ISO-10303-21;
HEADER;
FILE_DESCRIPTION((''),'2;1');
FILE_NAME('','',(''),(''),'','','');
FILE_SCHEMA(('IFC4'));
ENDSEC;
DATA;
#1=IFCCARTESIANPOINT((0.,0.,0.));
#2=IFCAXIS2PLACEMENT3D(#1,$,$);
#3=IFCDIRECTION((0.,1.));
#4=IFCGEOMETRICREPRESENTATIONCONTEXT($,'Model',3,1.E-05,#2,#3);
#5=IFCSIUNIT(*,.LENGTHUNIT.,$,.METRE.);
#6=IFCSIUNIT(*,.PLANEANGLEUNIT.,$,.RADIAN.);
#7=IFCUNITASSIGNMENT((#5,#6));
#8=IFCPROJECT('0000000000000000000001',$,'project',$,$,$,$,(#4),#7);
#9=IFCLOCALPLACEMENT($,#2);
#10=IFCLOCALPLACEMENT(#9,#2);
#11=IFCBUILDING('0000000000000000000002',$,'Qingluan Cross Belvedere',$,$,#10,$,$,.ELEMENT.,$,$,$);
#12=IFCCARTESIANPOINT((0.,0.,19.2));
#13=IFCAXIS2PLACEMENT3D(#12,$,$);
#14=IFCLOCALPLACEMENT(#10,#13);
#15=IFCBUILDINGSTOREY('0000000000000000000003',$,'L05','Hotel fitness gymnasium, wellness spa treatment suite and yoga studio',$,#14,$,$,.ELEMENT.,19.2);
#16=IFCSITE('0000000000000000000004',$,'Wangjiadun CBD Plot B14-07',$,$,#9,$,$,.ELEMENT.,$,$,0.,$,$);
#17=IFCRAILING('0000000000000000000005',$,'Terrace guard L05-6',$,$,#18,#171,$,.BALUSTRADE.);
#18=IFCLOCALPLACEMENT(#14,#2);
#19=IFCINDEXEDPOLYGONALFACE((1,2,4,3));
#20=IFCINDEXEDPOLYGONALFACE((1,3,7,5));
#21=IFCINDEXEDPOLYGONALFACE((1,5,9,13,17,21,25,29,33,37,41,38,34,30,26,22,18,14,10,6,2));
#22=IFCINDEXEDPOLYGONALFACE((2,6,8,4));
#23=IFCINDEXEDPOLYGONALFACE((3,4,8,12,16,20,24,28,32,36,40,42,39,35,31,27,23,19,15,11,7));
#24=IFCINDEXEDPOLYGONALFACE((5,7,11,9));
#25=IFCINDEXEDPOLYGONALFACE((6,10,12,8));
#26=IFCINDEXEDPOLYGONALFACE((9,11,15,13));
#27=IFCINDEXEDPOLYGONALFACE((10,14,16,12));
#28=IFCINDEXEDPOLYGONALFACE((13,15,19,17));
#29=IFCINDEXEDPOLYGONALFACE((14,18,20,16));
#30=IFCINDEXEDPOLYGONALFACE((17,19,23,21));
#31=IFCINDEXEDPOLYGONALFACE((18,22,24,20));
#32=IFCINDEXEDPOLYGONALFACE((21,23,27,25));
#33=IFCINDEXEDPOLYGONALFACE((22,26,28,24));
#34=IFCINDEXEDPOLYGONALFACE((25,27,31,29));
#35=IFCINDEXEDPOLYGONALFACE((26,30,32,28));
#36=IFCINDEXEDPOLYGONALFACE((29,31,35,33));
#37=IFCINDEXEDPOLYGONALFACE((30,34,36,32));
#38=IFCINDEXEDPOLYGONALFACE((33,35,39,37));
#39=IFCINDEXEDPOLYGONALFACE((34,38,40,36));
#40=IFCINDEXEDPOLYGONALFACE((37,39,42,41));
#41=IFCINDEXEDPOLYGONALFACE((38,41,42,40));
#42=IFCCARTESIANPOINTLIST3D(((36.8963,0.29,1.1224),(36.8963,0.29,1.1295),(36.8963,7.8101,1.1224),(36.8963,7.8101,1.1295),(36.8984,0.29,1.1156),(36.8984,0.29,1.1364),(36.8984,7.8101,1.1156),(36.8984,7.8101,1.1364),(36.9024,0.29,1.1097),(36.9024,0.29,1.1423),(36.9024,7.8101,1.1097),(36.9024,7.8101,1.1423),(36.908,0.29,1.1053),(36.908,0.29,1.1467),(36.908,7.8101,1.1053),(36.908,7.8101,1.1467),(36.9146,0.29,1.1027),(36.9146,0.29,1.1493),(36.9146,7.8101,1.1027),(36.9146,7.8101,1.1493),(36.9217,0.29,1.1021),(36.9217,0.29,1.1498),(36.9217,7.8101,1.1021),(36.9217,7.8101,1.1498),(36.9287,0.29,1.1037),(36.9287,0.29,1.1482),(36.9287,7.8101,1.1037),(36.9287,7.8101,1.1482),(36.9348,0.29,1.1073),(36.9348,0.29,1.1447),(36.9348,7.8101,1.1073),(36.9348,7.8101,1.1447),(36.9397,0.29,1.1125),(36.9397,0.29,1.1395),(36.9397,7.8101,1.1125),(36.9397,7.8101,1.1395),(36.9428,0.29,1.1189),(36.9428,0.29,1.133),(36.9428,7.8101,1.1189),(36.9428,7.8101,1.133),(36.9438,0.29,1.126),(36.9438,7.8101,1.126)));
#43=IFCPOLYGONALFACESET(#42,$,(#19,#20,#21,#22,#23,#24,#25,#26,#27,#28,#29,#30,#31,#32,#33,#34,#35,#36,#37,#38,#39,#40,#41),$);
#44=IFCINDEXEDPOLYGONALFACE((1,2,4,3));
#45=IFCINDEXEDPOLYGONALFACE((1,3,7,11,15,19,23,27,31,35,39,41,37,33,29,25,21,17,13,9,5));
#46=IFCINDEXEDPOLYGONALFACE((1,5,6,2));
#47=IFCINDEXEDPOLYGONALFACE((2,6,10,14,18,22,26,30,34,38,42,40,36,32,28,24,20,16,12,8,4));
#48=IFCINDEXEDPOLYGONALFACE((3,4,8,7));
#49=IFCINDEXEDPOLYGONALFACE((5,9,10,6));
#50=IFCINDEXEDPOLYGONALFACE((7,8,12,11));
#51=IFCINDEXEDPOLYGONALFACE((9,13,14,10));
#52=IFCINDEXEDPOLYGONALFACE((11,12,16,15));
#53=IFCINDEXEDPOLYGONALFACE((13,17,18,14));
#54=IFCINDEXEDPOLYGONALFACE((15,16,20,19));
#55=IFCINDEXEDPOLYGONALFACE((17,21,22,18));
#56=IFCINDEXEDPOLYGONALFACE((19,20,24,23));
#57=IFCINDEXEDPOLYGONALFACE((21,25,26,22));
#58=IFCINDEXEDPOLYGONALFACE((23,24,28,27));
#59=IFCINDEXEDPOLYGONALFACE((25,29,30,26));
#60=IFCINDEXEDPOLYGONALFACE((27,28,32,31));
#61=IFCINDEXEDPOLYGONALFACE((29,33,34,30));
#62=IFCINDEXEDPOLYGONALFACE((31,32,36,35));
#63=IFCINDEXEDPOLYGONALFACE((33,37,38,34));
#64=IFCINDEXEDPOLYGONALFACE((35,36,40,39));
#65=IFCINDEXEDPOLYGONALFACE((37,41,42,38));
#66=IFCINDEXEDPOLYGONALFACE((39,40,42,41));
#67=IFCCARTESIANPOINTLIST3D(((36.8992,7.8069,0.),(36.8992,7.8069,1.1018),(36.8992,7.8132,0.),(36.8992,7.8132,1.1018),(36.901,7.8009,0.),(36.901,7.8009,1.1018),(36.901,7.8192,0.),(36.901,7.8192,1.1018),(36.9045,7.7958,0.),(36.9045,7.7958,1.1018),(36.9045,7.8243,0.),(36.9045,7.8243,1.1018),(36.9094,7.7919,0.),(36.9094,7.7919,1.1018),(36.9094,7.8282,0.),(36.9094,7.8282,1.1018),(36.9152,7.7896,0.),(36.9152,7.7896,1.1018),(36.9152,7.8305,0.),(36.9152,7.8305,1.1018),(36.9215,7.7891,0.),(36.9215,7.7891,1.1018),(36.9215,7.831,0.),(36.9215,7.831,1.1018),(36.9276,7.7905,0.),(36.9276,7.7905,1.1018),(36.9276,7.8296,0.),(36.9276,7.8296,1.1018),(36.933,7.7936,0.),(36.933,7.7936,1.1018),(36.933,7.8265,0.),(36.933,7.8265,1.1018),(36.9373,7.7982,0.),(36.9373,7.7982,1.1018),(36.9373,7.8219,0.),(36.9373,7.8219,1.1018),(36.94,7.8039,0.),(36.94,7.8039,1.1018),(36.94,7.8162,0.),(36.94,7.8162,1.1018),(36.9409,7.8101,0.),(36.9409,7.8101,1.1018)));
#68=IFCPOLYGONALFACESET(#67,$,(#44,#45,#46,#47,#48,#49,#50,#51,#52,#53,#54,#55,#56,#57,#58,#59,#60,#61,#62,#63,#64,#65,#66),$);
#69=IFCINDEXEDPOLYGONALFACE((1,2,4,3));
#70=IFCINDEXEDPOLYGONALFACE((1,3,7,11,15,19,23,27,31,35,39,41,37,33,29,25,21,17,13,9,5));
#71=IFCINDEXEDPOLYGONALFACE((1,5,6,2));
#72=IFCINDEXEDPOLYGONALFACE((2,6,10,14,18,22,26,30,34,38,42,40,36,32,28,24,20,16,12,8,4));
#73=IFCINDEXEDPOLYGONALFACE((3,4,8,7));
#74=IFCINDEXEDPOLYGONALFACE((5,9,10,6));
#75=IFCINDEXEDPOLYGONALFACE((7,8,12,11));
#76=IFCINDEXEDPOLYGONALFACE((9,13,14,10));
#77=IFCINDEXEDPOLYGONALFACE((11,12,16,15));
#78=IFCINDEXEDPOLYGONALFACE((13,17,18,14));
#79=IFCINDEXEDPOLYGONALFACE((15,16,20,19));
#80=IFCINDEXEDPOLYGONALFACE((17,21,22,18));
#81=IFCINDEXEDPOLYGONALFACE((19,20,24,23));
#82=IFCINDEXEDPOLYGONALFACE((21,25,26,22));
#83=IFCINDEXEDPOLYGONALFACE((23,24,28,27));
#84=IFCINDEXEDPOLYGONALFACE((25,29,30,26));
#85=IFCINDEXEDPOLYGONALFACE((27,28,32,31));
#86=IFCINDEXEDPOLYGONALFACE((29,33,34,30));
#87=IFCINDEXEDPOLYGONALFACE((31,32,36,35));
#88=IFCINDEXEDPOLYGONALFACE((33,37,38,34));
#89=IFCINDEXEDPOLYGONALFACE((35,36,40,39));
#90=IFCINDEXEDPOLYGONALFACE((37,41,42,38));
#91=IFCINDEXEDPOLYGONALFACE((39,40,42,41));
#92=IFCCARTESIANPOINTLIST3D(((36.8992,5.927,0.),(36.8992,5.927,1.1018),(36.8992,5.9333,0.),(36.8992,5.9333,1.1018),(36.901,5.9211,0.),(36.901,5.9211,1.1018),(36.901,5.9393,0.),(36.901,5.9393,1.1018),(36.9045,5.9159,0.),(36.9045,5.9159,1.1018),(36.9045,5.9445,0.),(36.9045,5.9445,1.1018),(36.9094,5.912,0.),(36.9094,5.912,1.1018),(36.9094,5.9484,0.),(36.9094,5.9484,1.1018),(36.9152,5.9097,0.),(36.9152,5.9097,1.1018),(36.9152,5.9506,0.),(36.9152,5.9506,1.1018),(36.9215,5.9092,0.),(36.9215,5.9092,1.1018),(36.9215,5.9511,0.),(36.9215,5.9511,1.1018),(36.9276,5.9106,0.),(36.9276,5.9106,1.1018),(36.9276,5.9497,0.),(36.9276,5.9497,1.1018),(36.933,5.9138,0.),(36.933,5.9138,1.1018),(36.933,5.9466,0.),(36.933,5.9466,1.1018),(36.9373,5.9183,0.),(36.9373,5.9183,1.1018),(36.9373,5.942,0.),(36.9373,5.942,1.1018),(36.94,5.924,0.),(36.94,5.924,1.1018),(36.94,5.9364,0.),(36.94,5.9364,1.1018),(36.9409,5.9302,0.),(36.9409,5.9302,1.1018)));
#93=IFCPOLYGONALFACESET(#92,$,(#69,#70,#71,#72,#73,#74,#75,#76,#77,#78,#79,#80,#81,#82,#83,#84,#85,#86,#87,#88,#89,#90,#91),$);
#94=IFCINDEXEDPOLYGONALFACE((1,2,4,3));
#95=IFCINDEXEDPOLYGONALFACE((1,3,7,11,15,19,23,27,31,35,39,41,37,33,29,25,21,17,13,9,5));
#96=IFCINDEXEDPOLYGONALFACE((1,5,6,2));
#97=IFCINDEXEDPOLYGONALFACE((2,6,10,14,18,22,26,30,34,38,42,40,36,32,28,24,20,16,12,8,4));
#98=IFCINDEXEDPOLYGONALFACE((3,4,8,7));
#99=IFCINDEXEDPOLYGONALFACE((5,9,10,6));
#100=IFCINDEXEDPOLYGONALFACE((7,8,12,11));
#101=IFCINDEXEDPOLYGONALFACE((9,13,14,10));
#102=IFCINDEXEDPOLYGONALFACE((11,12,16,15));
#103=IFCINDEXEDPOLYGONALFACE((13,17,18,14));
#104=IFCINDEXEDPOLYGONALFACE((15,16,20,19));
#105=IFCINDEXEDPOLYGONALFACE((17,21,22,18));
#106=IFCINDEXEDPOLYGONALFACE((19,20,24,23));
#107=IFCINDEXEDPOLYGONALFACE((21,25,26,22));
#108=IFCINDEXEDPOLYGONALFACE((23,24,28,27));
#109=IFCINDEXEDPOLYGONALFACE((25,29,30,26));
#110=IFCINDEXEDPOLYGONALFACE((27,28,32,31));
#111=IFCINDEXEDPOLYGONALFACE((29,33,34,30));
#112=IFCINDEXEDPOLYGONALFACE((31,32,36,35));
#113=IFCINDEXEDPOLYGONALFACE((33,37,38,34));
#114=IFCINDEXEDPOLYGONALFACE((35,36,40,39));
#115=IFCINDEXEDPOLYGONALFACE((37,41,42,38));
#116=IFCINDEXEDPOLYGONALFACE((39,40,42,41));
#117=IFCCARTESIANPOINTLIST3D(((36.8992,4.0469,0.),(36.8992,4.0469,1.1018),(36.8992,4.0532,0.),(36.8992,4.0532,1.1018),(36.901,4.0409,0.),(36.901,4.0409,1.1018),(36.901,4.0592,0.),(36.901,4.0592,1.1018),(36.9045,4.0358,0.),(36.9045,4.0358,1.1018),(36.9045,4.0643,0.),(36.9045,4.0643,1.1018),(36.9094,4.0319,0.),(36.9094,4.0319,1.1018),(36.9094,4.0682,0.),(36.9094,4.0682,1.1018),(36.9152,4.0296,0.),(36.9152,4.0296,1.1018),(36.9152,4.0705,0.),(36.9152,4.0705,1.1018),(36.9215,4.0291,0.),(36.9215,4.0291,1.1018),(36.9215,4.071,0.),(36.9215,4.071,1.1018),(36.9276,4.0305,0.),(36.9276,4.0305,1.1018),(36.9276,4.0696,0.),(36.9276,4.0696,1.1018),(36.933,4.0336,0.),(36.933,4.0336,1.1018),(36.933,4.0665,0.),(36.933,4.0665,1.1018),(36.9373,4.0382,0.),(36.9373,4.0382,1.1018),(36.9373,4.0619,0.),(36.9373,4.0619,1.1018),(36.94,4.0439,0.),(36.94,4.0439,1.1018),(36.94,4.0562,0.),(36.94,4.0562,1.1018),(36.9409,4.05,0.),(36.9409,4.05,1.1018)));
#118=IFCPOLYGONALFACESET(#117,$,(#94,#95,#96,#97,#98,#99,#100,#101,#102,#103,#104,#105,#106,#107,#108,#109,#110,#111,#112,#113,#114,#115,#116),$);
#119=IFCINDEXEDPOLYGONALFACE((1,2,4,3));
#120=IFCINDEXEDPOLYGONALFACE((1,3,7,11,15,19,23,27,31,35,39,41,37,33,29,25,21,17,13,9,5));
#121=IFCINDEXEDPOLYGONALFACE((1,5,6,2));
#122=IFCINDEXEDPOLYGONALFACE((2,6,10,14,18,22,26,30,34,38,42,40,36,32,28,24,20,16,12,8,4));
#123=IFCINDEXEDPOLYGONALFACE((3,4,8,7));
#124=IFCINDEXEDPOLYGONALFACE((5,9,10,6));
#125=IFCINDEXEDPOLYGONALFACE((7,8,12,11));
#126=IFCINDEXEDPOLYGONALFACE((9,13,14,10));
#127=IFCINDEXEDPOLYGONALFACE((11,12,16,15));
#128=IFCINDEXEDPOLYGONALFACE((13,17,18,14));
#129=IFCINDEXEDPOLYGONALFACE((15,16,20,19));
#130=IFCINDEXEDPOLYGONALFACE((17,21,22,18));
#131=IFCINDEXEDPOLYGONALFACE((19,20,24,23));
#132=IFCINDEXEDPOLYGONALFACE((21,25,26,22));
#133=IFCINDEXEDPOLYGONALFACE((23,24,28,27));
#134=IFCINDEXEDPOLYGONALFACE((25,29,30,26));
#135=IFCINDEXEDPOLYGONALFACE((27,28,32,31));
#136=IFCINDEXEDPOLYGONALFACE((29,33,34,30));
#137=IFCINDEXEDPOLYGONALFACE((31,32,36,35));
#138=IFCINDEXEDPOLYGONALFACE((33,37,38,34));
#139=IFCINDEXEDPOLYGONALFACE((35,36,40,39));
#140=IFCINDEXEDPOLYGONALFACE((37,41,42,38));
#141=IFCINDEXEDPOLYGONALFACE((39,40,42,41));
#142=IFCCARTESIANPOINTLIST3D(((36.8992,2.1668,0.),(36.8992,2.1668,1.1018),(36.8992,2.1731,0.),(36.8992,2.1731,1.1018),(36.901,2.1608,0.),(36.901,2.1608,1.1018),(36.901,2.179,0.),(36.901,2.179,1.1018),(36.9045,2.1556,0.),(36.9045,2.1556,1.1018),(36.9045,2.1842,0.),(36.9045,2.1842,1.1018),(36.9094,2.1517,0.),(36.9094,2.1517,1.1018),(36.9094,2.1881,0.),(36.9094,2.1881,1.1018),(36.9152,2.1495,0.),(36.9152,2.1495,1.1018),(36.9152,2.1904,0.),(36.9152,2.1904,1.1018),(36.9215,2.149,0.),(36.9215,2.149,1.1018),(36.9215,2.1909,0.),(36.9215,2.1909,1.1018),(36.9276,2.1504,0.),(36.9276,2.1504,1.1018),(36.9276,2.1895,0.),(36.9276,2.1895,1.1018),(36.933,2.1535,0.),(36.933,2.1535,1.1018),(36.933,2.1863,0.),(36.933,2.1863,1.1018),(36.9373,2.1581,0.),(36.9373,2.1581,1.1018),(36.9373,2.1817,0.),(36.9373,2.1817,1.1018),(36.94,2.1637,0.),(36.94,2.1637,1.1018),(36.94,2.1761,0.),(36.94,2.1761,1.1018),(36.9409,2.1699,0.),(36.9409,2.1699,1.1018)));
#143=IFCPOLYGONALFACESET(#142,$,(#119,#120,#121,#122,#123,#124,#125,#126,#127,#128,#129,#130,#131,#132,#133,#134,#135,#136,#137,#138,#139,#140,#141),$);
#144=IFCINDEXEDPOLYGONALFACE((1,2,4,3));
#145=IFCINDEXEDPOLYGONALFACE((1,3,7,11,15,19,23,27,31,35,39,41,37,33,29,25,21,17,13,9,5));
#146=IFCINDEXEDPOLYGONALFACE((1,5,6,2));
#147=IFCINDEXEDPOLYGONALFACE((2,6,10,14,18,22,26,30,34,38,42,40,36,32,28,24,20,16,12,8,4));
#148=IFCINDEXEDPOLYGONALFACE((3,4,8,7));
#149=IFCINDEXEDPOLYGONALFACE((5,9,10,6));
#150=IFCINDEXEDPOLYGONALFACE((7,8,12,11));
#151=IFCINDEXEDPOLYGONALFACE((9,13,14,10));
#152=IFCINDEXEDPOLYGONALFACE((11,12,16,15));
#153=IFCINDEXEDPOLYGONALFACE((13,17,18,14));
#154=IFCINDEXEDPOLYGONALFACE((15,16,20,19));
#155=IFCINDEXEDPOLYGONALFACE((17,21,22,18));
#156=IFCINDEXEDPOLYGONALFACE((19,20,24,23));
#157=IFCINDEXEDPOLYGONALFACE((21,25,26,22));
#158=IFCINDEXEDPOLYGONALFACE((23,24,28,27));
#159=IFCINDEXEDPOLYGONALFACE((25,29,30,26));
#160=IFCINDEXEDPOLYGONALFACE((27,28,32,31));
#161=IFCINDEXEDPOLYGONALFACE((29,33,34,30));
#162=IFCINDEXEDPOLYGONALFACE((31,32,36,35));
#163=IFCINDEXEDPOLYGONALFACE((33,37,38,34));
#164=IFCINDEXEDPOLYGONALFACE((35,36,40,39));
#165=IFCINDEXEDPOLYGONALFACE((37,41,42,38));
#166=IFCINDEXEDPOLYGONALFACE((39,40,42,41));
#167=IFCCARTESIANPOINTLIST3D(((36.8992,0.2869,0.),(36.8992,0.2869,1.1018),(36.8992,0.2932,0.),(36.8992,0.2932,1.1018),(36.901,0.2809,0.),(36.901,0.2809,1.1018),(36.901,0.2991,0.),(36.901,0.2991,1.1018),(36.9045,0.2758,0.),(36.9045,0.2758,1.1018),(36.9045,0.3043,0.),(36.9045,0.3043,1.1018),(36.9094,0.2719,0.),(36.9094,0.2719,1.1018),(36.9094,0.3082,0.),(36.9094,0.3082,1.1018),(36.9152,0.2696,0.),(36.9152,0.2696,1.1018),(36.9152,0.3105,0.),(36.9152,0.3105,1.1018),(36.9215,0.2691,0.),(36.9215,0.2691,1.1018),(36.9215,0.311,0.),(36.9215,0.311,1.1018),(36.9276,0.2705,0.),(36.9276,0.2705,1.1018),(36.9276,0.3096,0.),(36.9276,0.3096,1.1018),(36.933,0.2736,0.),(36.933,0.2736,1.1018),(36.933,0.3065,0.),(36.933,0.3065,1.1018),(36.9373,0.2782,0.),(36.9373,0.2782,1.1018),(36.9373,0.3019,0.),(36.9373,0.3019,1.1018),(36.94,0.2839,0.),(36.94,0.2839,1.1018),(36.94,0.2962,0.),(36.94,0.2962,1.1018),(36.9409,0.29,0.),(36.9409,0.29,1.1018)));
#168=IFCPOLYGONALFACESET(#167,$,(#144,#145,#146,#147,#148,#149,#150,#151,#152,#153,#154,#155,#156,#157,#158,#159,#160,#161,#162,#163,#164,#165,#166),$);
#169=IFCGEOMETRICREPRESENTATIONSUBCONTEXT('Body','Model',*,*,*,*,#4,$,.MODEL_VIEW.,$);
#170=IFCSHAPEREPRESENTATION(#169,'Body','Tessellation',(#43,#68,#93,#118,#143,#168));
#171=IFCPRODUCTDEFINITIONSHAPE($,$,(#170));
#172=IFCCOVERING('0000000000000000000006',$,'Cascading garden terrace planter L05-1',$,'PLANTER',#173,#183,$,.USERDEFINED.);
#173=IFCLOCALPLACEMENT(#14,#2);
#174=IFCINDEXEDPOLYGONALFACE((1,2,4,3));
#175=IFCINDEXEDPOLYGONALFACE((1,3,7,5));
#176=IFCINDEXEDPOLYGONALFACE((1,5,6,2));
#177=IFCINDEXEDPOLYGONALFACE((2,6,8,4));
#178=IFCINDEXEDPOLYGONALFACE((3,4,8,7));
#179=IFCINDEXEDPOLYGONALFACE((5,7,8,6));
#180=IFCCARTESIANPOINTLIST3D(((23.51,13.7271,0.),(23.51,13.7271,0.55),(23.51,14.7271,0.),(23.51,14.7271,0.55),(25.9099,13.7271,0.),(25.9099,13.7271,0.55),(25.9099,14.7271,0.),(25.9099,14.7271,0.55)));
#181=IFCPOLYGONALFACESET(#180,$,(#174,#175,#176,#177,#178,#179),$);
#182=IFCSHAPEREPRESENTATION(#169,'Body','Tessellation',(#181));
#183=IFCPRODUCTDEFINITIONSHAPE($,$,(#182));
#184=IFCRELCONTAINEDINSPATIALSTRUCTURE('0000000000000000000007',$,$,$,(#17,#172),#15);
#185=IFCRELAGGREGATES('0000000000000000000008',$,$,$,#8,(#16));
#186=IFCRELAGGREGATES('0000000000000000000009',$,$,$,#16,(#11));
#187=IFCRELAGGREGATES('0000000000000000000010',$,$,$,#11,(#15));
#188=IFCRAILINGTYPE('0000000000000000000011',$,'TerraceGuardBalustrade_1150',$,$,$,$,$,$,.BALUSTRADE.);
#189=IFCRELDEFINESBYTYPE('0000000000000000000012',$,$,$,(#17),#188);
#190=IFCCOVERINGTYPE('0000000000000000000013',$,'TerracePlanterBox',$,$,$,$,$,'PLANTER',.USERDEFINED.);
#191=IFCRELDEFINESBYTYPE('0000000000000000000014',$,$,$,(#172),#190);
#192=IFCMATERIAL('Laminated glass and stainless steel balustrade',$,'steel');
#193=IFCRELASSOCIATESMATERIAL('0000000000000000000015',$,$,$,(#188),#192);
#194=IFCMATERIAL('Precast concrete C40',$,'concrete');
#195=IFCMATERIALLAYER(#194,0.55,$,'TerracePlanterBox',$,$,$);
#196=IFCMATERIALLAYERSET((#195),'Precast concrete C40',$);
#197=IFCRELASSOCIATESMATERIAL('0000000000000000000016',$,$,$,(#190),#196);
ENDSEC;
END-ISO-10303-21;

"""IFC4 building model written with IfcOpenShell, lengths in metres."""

from ifc_helpers import new_model, si_unit, direction, frame, origin, origin_2d, place, context, subcontext, project, spatial, rectangle, circle, extrude, material, layer, layer_set, type_object, element, save


model = new_model("IFC4")

# Units and contexts
model_context = context("Model", 3, precision=1e-05, world=origin(), true_north=direction((0.0, 1.0)))
body_context = subcontext(model_context, "Body", "Model", "MODEL_VIEW")
ifc_project = project(units=[si_unit("LENGTHUNIT", "METRE"), si_unit("PLANEANGLEUNIT", "RADIAN")], contexts=[model_context])

# Site, building, storey
site_placement = place(None, origin())
site = spatial("IfcSite", under=ifc_project, at=site_placement, Name="Wangjiadun CBD Plot B14-07", CompositionType="ELEMENT", RefElevation=0.0)
building_placement = place(site_placement, origin())
building = spatial("IfcBuilding", under=site, at=building_placement, Name="Qingluan Cross Belvedere", CompositionType="ELEMENT")
storey_placement = place(building_placement, frame((0.0, 0.0, 19.2)))
storey = spatial("IfcBuildingStorey", under=building, at=storey_placement, Name="L05", Description="Hotel fitness gymnasium, wellness spa treatment suite and yoga studio", CompositionType="ELEMENT", Elevation=19.2)

# Railing
ifc_material_1 = material(Name="Laminated glass and stainless steel balustrade", Category="steel")
railing_type = type_object("IfcRailingType", Name="TerraceGuardBalustrade_1150", PredefinedType="BALUSTRADE", material=ifc_material_1)
railing_1_placement = place(storey_placement, frame((36.9199, 7.8101, 0.0)))
element("IfcRailing", 1, at=railing_1_placement, inside=storey, type_object=railing_type, Name="Terrace guard L05-6", PredefinedType="BALUSTRADE", context=body_context, shape_type="SweptSolid", body=[
    extrude(circle(Radius=0.0239, at=origin_2d()), frame((0.0, 0.0, 1.126), z_axis=(0.0, -1.0, 0.0), x_axis=(1.0, 0.0, 0.0)), (0.0, 0.0, 1.0), 7.52),
    extrude(circle(Radius=0.021, at=origin_2d()), origin(), (0.0, 0.0, 1.0), 1.1018),
    extrude(circle(Radius=0.021, at=origin_2d()), frame((0.0, -1.8799, 0.0)), (0.0, 0.0, 1.0), 1.1018),
    extrude(circle(Radius=0.021, at=origin_2d()), frame((0.0, -3.76, 0.0)), (0.0, 0.0, 1.0), 1.1018),
    extrude(circle(Radius=0.021, at=origin_2d()), frame((0.0, -5.6401, 0.0)), (0.0, 0.0, 1.0), 1.1018),
    extrude(circle(Radius=0.021, at=origin_2d()), frame((0.0, -7.52, 0.0)), (0.0, 0.0, 1.0), 1.1018),
])

# Covering
ifc_material_2 = material(Name="Precast concrete C40", Category="concrete")
ifc_layer_1 = layer(ifc_material_2, 0.55, Name="TerracePlanterBox")
ifc_layer_set_1 = layer_set([ifc_layer_1], Name="Precast concrete C40")
covering_type = type_object("IfcCoveringType", Name="TerracePlanterBox", ElementType="PLANTER", PredefinedType="USERDEFINED", material=ifc_layer_set_1)
covering_placement = place(storey_placement, frame((24.71, 14.2271, 0.0), z_axis=(0.0, 0.0, 1.0), x_axis=(1.0, 0.0, 0.0)))
element("IfcCovering", 2, at=covering_placement, inside=storey, type_object=covering_type, Name="Cascading garden terrace planter L05-1", ObjectType="PLANTER", PredefinedType="USERDEFINED", context=body_context, shape_type="SweptSolid", body=[
    extrude(rectangle(XDim=2.3999, YDim=1.0, at=origin_2d()), origin(), (0.0, 0.0, 1.0), 0.55),
])

save(model, "model.ifc")
